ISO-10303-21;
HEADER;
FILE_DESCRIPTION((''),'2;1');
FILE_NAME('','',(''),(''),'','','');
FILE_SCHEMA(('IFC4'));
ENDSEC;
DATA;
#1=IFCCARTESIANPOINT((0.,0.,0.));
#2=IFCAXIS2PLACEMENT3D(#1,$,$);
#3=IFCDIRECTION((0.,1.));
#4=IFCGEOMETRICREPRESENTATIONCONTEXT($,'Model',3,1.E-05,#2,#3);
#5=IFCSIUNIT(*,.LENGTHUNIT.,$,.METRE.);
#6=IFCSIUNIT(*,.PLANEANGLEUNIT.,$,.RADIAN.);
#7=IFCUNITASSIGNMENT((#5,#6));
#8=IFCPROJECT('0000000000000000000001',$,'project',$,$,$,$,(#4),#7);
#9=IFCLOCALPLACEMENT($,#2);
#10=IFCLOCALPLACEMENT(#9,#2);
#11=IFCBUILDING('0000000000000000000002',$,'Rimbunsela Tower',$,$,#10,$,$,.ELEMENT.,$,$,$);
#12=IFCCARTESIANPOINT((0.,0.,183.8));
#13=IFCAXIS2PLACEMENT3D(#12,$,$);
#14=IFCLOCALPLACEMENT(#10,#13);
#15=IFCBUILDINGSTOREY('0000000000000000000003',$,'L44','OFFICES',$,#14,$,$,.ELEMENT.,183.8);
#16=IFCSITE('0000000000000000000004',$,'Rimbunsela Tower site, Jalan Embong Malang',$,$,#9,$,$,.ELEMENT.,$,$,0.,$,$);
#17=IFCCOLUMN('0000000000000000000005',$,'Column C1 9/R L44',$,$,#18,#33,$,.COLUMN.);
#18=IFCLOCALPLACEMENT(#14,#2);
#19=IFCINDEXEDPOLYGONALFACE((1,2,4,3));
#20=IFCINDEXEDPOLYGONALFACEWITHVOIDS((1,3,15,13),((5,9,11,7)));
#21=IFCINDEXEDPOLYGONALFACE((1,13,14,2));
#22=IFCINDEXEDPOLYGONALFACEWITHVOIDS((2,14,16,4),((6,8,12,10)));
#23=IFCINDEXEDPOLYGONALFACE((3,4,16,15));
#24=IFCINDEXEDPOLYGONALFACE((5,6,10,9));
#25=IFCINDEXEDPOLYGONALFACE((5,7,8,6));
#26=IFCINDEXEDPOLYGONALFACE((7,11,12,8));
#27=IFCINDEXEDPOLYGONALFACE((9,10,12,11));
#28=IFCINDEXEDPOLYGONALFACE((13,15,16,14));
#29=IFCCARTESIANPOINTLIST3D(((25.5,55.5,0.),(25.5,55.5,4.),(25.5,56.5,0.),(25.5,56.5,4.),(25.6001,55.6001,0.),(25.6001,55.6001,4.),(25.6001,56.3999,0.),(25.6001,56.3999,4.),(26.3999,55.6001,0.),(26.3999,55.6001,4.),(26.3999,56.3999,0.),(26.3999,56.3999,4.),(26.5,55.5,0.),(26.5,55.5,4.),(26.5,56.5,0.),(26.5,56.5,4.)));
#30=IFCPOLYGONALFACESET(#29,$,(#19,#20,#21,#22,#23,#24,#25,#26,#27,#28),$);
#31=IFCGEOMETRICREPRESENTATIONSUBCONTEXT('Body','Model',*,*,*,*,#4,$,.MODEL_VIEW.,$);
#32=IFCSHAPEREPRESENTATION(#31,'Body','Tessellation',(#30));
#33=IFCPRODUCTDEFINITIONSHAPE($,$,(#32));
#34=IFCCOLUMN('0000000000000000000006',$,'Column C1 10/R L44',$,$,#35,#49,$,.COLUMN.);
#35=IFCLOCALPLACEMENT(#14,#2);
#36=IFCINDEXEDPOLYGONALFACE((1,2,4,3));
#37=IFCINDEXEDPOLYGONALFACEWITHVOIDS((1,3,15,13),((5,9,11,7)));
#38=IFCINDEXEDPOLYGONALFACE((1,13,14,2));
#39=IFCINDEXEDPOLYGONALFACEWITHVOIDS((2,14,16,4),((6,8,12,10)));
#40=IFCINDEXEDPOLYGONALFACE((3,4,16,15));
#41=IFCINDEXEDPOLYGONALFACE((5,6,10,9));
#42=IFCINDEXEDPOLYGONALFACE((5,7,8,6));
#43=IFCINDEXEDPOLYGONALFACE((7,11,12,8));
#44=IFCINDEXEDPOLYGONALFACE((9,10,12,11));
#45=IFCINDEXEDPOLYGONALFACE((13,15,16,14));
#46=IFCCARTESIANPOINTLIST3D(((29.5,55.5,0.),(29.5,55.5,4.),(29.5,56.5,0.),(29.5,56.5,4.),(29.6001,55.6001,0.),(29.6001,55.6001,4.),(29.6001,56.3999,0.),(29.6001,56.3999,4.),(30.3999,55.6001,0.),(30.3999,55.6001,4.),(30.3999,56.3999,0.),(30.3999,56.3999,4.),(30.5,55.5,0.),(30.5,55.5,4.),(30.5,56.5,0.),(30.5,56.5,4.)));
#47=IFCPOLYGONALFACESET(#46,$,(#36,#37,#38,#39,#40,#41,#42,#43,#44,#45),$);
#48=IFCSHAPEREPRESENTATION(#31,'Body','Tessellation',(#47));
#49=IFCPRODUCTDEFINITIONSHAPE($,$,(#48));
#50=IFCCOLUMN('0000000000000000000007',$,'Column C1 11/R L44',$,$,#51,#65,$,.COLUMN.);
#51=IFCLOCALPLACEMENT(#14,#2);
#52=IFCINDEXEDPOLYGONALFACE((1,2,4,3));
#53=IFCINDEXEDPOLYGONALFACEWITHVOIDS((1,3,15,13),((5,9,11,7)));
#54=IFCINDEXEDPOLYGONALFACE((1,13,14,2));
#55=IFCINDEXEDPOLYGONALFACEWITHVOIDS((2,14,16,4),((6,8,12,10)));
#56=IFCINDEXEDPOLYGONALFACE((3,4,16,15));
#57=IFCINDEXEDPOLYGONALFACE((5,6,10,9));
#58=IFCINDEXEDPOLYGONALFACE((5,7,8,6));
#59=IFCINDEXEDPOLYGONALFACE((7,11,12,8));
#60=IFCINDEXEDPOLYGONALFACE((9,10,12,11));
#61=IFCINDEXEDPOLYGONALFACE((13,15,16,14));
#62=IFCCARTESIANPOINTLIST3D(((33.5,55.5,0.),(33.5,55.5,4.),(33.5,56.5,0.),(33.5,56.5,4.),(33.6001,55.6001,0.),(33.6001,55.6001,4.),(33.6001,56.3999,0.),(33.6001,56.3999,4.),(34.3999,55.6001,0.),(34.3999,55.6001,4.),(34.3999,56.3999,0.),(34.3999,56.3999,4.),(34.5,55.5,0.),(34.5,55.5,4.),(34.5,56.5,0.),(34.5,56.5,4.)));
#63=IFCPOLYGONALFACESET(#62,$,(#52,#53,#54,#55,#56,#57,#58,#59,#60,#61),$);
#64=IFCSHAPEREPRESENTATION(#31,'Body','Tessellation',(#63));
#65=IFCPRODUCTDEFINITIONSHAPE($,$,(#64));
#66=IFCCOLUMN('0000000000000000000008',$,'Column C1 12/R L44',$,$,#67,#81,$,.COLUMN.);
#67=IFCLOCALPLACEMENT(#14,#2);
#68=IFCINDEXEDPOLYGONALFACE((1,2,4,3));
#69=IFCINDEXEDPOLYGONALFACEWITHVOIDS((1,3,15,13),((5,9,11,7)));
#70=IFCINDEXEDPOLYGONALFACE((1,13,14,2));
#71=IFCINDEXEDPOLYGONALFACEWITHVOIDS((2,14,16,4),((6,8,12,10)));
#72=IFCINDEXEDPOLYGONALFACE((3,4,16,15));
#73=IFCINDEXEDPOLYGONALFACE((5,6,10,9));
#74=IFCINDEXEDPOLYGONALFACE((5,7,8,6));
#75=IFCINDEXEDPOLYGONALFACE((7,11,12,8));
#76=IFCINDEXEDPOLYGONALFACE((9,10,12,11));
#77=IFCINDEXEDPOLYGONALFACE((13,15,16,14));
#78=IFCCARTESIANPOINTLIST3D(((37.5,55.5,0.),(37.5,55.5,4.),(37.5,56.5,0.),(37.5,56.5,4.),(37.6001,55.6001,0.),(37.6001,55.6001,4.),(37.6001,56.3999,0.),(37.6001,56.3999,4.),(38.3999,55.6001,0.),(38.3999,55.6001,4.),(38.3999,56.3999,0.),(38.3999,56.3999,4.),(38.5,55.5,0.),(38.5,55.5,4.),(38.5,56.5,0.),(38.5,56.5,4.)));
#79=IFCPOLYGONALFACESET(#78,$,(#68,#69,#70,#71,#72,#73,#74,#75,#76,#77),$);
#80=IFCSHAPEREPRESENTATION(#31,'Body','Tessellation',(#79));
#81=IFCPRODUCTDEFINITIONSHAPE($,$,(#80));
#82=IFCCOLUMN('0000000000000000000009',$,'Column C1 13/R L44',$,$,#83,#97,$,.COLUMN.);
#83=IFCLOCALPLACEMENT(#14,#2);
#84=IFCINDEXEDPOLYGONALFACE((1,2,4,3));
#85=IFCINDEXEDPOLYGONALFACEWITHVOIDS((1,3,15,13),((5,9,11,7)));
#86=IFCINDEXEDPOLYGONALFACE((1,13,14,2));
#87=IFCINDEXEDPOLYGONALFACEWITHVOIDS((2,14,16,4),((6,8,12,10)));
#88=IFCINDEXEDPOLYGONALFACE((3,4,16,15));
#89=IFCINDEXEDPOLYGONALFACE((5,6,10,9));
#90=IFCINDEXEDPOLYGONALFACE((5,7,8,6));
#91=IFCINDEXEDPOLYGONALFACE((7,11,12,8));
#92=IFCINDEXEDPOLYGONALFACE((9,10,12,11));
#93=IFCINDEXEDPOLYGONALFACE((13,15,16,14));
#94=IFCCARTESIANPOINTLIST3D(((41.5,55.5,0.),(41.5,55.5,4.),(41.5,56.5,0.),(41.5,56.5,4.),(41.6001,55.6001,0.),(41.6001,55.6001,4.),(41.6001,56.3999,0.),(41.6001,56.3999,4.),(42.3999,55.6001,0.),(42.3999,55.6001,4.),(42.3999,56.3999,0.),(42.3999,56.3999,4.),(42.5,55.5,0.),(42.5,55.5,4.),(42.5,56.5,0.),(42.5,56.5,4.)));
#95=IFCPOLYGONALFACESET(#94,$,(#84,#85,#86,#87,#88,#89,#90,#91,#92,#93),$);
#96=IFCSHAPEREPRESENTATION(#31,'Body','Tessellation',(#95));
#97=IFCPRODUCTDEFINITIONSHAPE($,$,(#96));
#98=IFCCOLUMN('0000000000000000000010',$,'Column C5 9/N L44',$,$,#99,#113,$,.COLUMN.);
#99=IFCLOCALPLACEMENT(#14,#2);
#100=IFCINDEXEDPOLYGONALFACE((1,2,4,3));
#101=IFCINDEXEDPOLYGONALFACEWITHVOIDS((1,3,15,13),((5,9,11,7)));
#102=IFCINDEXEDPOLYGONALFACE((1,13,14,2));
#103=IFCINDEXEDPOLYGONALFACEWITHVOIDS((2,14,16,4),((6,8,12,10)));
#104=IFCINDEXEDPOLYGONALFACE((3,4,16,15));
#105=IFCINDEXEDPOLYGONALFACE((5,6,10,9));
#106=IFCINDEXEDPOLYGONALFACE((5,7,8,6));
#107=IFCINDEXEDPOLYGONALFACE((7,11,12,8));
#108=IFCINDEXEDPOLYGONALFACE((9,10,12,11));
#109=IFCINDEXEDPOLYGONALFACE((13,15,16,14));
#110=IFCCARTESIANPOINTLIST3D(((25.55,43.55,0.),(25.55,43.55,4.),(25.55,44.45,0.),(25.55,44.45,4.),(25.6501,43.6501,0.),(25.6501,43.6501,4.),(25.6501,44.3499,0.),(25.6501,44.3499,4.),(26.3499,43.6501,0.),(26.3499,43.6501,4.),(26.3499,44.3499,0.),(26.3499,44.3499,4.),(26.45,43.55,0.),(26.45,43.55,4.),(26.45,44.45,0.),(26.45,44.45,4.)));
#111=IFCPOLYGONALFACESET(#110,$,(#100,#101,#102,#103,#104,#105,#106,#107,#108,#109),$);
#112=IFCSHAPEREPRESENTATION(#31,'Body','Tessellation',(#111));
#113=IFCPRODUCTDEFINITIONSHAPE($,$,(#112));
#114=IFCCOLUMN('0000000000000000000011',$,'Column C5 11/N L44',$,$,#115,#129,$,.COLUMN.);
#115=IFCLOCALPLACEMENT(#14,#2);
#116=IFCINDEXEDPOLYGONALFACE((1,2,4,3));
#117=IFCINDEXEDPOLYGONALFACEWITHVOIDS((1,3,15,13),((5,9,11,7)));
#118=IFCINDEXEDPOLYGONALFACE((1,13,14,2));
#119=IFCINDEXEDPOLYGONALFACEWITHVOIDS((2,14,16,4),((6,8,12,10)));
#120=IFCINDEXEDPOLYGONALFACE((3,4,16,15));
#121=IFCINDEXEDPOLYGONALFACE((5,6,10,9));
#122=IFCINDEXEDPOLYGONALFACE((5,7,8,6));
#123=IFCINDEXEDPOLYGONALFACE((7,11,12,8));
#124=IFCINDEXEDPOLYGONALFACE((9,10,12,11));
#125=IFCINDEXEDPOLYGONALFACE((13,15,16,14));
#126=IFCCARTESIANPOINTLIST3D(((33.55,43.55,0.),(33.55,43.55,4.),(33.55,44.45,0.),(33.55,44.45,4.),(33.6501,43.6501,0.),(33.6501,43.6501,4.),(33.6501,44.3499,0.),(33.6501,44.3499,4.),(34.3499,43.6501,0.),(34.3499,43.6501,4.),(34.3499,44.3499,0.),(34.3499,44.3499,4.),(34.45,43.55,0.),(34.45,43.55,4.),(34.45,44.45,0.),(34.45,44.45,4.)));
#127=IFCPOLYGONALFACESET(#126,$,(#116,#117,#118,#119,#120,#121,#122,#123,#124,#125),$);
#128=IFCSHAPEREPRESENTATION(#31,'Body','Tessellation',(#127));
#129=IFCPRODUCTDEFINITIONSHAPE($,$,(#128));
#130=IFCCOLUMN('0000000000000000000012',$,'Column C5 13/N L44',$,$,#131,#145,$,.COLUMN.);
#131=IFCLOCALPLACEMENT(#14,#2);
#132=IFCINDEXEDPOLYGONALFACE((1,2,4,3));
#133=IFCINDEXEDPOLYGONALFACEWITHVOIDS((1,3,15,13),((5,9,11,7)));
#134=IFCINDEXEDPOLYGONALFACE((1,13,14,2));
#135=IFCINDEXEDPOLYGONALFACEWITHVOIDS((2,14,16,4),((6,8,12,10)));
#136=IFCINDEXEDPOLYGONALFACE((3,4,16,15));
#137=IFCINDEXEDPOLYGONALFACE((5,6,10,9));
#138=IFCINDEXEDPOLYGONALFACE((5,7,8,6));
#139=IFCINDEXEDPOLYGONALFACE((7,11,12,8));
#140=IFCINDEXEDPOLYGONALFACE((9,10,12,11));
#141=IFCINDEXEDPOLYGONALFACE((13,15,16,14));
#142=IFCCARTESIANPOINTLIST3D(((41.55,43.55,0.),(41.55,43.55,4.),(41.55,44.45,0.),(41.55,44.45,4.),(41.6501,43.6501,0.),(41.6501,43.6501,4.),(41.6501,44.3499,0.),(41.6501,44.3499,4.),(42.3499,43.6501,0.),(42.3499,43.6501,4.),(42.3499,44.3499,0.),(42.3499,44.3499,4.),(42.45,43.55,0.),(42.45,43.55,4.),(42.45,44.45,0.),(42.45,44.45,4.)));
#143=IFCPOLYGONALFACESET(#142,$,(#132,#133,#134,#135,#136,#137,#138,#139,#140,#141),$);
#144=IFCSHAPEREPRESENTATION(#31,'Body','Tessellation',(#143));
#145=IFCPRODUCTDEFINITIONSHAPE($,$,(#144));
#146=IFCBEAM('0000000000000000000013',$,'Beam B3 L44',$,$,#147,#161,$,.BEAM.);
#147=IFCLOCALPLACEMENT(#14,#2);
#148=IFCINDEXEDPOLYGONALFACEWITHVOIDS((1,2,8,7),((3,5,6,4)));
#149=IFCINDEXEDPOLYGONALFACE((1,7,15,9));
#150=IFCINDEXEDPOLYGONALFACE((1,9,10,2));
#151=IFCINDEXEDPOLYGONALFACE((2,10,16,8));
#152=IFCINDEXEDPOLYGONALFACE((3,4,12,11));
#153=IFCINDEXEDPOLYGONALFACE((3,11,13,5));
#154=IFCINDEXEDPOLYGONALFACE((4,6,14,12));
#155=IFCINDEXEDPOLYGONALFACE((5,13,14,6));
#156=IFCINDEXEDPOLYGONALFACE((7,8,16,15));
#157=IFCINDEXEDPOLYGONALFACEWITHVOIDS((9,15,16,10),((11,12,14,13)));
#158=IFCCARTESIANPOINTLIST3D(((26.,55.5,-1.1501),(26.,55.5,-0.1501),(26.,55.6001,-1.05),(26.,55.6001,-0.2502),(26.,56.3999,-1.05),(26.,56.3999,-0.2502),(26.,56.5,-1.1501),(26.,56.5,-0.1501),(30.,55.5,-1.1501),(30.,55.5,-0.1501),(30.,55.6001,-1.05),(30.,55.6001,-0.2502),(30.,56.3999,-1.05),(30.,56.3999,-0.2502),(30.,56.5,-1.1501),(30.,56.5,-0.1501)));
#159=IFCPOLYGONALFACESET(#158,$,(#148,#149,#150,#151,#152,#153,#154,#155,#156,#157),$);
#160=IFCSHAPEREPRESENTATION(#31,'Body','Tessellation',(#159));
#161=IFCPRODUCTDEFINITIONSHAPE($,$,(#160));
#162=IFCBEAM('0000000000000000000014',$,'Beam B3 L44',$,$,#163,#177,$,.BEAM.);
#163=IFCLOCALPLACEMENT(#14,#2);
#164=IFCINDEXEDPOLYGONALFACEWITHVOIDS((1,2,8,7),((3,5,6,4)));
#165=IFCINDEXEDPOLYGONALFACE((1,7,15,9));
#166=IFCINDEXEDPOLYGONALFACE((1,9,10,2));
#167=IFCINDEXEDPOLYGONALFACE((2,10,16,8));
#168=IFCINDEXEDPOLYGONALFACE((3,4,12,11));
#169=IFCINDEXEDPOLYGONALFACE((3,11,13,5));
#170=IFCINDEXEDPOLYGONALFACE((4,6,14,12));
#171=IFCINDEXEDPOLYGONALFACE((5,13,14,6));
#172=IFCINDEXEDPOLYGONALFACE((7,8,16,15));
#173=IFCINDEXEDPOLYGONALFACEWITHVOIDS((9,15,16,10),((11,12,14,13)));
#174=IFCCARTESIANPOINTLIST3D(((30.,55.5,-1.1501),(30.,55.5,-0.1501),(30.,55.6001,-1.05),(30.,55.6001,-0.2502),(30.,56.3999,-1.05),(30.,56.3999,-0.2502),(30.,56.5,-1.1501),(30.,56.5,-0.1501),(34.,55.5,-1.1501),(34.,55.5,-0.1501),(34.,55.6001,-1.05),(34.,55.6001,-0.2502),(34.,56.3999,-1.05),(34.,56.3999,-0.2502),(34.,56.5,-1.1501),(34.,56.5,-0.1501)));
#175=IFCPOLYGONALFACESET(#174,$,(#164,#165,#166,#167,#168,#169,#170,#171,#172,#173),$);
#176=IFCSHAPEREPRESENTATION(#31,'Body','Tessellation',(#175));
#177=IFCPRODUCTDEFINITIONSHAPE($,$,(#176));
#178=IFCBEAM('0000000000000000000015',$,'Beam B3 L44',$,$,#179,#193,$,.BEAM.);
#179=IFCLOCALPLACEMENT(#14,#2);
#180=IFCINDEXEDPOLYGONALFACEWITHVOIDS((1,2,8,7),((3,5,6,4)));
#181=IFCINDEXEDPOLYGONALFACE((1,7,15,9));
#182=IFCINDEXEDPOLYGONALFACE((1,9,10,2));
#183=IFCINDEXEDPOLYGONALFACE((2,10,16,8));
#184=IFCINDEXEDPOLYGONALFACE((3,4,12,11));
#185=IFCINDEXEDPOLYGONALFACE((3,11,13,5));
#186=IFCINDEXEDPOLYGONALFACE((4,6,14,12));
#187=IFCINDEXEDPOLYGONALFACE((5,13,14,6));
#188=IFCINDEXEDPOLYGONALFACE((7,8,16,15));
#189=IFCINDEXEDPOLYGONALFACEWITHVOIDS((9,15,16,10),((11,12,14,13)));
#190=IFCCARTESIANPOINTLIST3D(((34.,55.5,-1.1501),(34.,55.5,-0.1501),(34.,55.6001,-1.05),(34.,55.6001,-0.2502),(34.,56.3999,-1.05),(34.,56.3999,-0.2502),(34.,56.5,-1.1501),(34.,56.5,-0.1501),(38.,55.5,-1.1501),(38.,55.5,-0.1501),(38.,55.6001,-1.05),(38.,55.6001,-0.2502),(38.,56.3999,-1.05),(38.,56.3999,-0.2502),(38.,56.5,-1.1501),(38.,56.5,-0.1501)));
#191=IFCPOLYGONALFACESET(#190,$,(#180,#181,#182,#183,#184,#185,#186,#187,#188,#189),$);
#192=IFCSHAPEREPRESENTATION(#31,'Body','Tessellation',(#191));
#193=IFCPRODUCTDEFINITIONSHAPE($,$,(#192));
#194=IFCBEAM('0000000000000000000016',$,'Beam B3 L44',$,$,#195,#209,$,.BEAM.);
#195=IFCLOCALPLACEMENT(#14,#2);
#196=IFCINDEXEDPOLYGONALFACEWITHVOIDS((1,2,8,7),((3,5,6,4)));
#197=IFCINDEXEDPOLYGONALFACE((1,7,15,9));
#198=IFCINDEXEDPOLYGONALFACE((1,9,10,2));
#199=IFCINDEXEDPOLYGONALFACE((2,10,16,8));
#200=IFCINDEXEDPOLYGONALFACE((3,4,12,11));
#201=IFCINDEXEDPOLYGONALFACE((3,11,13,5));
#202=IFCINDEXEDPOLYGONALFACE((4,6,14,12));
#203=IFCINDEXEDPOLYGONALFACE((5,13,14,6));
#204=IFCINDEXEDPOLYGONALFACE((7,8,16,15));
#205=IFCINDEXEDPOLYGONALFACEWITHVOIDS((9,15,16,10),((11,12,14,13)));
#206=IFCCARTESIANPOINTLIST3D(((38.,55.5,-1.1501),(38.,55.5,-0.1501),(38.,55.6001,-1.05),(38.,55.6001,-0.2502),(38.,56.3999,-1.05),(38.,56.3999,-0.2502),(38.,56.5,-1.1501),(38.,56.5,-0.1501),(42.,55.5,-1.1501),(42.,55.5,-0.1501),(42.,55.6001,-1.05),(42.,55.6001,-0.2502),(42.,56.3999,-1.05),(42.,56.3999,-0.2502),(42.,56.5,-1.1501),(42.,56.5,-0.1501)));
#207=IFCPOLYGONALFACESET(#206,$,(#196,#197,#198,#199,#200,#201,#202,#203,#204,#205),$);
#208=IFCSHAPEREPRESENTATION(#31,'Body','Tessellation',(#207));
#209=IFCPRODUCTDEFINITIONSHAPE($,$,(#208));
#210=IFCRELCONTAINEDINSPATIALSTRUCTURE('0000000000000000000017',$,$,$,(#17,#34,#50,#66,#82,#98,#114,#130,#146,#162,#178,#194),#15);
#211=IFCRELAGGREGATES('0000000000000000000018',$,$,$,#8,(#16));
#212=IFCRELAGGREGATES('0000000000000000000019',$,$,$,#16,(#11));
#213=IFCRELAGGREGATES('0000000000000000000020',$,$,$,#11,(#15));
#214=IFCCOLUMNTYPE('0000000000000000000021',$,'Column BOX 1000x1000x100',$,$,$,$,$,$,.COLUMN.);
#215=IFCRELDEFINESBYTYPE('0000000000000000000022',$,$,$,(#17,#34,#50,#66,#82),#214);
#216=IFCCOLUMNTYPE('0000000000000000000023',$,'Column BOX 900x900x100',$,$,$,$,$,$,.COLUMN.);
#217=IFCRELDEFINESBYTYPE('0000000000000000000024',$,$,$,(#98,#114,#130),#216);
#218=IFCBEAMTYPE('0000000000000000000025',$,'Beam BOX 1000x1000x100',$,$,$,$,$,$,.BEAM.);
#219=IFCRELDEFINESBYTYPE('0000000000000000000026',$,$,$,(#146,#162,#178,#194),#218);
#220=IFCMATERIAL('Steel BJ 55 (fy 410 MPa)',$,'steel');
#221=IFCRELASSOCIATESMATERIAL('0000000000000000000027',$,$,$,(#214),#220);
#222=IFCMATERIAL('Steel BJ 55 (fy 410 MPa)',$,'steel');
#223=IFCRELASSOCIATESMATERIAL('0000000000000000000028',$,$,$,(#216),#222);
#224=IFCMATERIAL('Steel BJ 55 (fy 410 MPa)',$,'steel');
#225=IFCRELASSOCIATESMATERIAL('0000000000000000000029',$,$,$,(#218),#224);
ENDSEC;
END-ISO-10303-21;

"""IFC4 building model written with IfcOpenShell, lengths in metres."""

from ifc_helpers import new_model, si_unit, direction, frame, origin, origin_2d, place, context, subcontext, project, spatial, hollow_rectangle, extrude, material, material_profile, profile_set, type_object, element, save


model = new_model("IFC4")

# Units and contexts
model_context = context("Model", 3, precision=1e-05, world=origin(), true_north=direction((0.0, 1.0)))
body_context = subcontext(model_context, "Body", "Model", "MODEL_VIEW")
ifc_project = project(units=[si_unit("LENGTHUNIT", "METRE"), si_unit("PLANEANGLEUNIT", "RADIAN")], contexts=[model_context])

# Site, building, storey
site_placement = place(None, origin())
site = spatial("IfcSite", under=ifc_project, at=site_placement, Name="Rimbunsela Tower site, Jalan Embong Malang", CompositionType="ELEMENT", RefElevation=0.0)
building_placement = place(site_placement, origin())
building = spatial("IfcBuilding", under=site, at=building_placement, Name="Rimbunsela Tower", CompositionType="ELEMENT")
storey_placement = place(building_placement, frame((0.0, 0.0, 183.8)))
storey = spatial("IfcBuildingStorey", under=building, at=storey_placement, Name="L44", Description="OFFICES", CompositionType="ELEMENT", Elevation=183.8)

# Columns
ifc_material_1 = material(Name="Steel BJ 55 (fy 410 MPa)", Category="steel")
ifc_material_profile_1 = material_profile(ifc_material_1, hollow_rectangle(XDim=1.0, YDim=1.0, WallThickness=0.1001, at=origin_2d()), Name="BOX 1000x1000x100")
ifc_profile_set_1 = profile_set([ifc_material_profile_1], Name="Steel BJ 55 (fy 410 MPa)")
column_type_1 = type_object("IfcColumnType", Name="Column BOX 1000x1000x100", PredefinedType="COLUMN", material=ifc_profile_set_1)
for number, where, z_axis, x_axis, name in (
    (1, (26.0, 56.0, 0.0), (0.0, 0.0, 1.0), (1.0, 0.0, 0.0), "Column C1 9/R L44"),
    (2, (30.0, 56.0, 0.0), (0.0, 0.0, 1.0), (1.0, 0.0, 0.0), "Column C1 10/R L44"),
    (3, (34.0, 56.0, 0.0), (0.0, 0.0, 1.0), (1.0, 0.0, 0.0), "Column C1 11/R L44"),
    (4, (38.0, 56.0, 0.0), (0.0, 0.0, 1.0), (1.0, 0.0, 0.0), "Column C1 12/R L44"),
    (5, (42.0, 56.0, 0.0), (0.0, 0.0, 1.0), (1.0, 0.0, 0.0), "Column C1 13/R L44"),
):
    element("IfcColumn", number, at=place(storey_placement, frame(where, z_axis=z_axis, x_axis=x_axis)), inside=storey, type_object=column_type_1, Name=name, PredefinedType="COLUMN", context=body_context, shape_type="SweptSolid", body=[
        extrude(hollow_rectangle(XDim=1.0, YDim=1.0, WallThickness=0.1001, at=origin_2d()), origin(), (0.0, 0.0, 1.0), 4.0),
    ])
ifc_material_2 = material(Name="Steel BJ 55 (fy 410 MPa)", Category="steel")
ifc_material_profile_2 = material_profile(ifc_material_2, hollow_rectangle(XDim=0.8999, YDim=0.8999, WallThickness=0.1001, at=origin_2d()), Name="BOX 900x900x100")
ifc_profile_set_2 = profile_set([ifc_material_profile_2], Name="Steel BJ 55 (fy 410 MPa)")
column_type_2 = type_object("IfcColumnType", Name="Column BOX 900x900x100", PredefinedType="COLUMN", material=ifc_profile_set_2)
for number, where, z_axis, x_axis, name in (
    (6, (26.0, 44.0, 0.0), (0.0, 0.0, 1.0), (1.0, 0.0, 0.0), "Column C5 9/N L44"),
    (7, (34.0, 44.0, 0.0), (0.0, 0.0, 1.0), (1.0, 0.0, 0.0), "Column C5 11/N L44"),
    (8, (42.0, 44.0, 0.0), (0.0, 0.0, 1.0), (1.0, 0.0, 0.0), "Column C5 13/N L44"),
):
    element("IfcColumn", number, at=place(storey_placement, frame(where, z_axis=z_axis, x_axis=x_axis)), inside=storey, type_object=column_type_2, Name=name, PredefinedType="COLUMN", context=body_context, shape_type="SweptSolid", body=[
        extrude(hollow_rectangle(XDim=0.8999, YDim=0.8999, WallThickness=0.1001, at=origin_2d()), origin(), (0.0, 0.0, 1.0), 4.0),
    ])

# Beams
ifc_material_3 = material(Name="Steel BJ 55 (fy 410 MPa)", Category="steel")
ifc_material_profile_3 = material_profile(ifc_material_3, hollow_rectangle(XDim=1.0, YDim=1.0, WallThickness=0.1001, at=origin_2d()), Name="BOX 1000x1000x100")
ifc_profile_set_3 = profile_set([ifc_material_profile_3], Name="Steel BJ 55 (fy 410 MPa)")
beam_type_1 = type_object("IfcBeamType", Name="Beam BOX 1000x1000x100", PredefinedType="BEAM", material=ifc_profile_set_3)
for number, where, z_axis, x_axis, name in (
    (9, (26.0, 56.0, -0.6501), (1.0, 0.0, 0.0), (0.0, 1.0, 0.0), "Beam B3 L44"),
    (10, (30.0, 56.0, -0.6501), (1.0, 0.0, 0.0), (0.0, 1.0, 0.0), "Beam B3 L44"),
    (11, (34.0, 56.0, -0.6501), (1.0, 0.0, 0.0), (0.0, 1.0, 0.0), "Beam B3 L44"),
    (12, (38.0, 56.0, -0.6501), (1.0, 0.0, 0.0), (0.0, 1.0, 0.0), "Beam B3 L44"),
):
    element("IfcBeam", number, at=place(storey_placement, frame(where, z_axis=z_axis, x_axis=x_axis)), inside=storey, type_object=beam_type_1, Name=name, PredefinedType="BEAM", context=body_context, shape_type="SweptSolid", body=[
        extrude(hollow_rectangle(XDim=1.0, YDim=1.0, WallThickness=0.1001, at=origin_2d()), origin(), (0.0, 0.0, 1.0), 4.0),
    ])

save(model, "model.ifc")
